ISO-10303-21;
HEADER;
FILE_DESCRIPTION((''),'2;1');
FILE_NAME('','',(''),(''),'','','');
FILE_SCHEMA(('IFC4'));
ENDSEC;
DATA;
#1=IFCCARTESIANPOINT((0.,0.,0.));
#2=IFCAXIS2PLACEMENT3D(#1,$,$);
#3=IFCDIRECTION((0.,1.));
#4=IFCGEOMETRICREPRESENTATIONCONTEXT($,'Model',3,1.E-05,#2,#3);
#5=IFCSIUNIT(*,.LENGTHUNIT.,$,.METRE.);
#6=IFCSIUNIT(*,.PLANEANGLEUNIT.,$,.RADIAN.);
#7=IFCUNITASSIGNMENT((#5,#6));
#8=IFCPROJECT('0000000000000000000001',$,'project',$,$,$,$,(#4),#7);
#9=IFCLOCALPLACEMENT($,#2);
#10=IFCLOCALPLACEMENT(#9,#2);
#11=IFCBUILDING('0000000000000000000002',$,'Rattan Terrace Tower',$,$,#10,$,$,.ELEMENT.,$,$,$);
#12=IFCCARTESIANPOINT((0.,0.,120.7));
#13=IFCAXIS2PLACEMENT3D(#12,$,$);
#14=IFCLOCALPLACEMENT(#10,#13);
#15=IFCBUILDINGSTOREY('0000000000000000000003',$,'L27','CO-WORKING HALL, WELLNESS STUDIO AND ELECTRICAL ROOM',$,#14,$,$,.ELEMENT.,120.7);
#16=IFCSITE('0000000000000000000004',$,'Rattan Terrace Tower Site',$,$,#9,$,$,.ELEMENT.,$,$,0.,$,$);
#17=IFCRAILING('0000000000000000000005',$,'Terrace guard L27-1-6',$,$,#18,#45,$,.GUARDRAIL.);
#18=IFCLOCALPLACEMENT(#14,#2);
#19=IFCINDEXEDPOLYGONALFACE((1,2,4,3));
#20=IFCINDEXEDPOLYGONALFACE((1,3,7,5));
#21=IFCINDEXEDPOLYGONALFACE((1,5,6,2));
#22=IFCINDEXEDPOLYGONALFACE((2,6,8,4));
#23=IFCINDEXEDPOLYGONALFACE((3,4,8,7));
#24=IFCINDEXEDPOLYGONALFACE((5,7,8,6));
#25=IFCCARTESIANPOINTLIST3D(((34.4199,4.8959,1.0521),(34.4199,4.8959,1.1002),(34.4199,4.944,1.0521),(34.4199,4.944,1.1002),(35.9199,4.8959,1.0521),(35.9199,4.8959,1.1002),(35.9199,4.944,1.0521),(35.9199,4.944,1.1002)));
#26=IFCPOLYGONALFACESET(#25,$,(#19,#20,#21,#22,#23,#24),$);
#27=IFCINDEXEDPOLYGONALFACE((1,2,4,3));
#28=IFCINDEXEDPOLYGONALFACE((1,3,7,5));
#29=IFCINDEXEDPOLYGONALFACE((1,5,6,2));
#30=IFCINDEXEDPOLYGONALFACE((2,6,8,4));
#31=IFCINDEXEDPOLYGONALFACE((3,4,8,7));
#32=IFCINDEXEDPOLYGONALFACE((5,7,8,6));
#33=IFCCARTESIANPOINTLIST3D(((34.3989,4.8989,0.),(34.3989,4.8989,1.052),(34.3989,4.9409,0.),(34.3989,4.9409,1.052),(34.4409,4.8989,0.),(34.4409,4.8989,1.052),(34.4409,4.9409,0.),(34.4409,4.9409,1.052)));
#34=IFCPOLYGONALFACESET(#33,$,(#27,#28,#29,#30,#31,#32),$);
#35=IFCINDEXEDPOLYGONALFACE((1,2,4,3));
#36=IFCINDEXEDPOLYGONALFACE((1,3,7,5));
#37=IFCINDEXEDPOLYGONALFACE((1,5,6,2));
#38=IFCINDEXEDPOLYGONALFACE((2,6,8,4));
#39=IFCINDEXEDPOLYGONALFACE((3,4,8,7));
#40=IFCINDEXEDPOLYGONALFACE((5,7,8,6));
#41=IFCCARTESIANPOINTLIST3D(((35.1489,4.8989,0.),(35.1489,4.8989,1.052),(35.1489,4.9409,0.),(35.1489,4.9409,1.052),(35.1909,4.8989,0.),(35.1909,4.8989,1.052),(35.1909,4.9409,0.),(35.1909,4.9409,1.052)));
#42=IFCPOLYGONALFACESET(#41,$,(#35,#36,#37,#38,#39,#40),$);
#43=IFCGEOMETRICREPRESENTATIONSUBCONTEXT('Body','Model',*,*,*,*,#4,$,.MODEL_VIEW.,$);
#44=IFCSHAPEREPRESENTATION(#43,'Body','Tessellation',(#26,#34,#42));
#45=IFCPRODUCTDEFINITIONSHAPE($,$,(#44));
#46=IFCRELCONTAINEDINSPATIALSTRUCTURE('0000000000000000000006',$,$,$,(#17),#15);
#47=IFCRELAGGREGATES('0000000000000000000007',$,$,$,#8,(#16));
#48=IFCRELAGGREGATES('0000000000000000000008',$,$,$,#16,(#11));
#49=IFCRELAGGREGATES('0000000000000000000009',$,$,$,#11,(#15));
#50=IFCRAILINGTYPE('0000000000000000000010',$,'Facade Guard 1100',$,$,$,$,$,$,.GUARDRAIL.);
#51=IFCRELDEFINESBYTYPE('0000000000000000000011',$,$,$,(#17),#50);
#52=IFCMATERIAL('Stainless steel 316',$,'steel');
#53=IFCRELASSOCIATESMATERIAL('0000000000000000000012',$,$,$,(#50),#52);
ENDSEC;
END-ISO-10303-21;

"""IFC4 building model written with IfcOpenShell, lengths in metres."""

from ifc_helpers import new_model, si_unit, direction, frame, origin, origin_2d, place, context, subcontext, project, spatial, rectangle, extrude, material, type_object, element, save


model = new_model("IFC4")

# Units and contexts
model_context = context("Model", 3, precision=1e-05, world=origin(), true_north=direction((0.0, 1.0)))
body_context = subcontext(model_context, "Body", "Model", "MODEL_VIEW")
ifc_project = project(units=[si_unit("LENGTHUNIT", "METRE"), si_unit("PLANEANGLEUNIT", "RADIAN")], contexts=[model_context])

# Site, building, storey
site_placement = place(None, origin())
site = spatial("IfcSite", under=ifc_project, at=site_placement, Name="Rattan Terrace Tower Site", CompositionType="ELEMENT", RefElevation=0.0)
building_placement = place(site_placement, origin())
building = spatial("IfcBuilding", under=site, at=building_placement, Name="Rattan Terrace Tower", CompositionType="ELEMENT")
storey_placement = place(building_placement, frame((0.0, 0.0, 120.7)))
storey = spatial("IfcBuildingStorey", under=building, at=storey_placement, Name="L27", Description="CO-WORKING HALL, WELLNESS STUDIO AND ELECTRICAL ROOM", CompositionType="ELEMENT", Elevation=120.7)

# Railing
ifc_material_1 = material(Name="Stainless steel 316", Category="steel")
railing_type = type_object("IfcRailingType", Name="Facade Guard 1100", PredefinedType="GUARDRAIL", material=ifc_material_1)
railing_1_placement = place(storey_placement, frame((34.4199, 4.9199, 0.0)))
element("IfcRailing", 1, at=railing_1_placement, inside=storey, type_object=railing_type, Name="Terrace guard L27-1-6", PredefinedType="GUARDRAIL", context=body_context, shape_type="SweptSolid", body=[
    extrude(rectangle(XDim=0.0481, YDim=0.0481, at=origin_2d()), frame((0.0, 0.0, 1.0762), z_axis=(1.0, 0.0, 0.0), x_axis=(0.0, 1.0, 0.0)), (0.0, 0.0, 1.0), 1.5),
    extrude(rectangle(XDim=0.042, YDim=0.042, at=origin_2d()), origin(), (0.0, 0.0, 1.0), 1.052),
    extrude(rectangle(XDim=0.042, YDim=0.042, at=origin_2d()), frame((0.75, 0.0, 0.0)), (0.0, 0.0, 1.0), 1.052),
])

save(model, "model.ifc")
